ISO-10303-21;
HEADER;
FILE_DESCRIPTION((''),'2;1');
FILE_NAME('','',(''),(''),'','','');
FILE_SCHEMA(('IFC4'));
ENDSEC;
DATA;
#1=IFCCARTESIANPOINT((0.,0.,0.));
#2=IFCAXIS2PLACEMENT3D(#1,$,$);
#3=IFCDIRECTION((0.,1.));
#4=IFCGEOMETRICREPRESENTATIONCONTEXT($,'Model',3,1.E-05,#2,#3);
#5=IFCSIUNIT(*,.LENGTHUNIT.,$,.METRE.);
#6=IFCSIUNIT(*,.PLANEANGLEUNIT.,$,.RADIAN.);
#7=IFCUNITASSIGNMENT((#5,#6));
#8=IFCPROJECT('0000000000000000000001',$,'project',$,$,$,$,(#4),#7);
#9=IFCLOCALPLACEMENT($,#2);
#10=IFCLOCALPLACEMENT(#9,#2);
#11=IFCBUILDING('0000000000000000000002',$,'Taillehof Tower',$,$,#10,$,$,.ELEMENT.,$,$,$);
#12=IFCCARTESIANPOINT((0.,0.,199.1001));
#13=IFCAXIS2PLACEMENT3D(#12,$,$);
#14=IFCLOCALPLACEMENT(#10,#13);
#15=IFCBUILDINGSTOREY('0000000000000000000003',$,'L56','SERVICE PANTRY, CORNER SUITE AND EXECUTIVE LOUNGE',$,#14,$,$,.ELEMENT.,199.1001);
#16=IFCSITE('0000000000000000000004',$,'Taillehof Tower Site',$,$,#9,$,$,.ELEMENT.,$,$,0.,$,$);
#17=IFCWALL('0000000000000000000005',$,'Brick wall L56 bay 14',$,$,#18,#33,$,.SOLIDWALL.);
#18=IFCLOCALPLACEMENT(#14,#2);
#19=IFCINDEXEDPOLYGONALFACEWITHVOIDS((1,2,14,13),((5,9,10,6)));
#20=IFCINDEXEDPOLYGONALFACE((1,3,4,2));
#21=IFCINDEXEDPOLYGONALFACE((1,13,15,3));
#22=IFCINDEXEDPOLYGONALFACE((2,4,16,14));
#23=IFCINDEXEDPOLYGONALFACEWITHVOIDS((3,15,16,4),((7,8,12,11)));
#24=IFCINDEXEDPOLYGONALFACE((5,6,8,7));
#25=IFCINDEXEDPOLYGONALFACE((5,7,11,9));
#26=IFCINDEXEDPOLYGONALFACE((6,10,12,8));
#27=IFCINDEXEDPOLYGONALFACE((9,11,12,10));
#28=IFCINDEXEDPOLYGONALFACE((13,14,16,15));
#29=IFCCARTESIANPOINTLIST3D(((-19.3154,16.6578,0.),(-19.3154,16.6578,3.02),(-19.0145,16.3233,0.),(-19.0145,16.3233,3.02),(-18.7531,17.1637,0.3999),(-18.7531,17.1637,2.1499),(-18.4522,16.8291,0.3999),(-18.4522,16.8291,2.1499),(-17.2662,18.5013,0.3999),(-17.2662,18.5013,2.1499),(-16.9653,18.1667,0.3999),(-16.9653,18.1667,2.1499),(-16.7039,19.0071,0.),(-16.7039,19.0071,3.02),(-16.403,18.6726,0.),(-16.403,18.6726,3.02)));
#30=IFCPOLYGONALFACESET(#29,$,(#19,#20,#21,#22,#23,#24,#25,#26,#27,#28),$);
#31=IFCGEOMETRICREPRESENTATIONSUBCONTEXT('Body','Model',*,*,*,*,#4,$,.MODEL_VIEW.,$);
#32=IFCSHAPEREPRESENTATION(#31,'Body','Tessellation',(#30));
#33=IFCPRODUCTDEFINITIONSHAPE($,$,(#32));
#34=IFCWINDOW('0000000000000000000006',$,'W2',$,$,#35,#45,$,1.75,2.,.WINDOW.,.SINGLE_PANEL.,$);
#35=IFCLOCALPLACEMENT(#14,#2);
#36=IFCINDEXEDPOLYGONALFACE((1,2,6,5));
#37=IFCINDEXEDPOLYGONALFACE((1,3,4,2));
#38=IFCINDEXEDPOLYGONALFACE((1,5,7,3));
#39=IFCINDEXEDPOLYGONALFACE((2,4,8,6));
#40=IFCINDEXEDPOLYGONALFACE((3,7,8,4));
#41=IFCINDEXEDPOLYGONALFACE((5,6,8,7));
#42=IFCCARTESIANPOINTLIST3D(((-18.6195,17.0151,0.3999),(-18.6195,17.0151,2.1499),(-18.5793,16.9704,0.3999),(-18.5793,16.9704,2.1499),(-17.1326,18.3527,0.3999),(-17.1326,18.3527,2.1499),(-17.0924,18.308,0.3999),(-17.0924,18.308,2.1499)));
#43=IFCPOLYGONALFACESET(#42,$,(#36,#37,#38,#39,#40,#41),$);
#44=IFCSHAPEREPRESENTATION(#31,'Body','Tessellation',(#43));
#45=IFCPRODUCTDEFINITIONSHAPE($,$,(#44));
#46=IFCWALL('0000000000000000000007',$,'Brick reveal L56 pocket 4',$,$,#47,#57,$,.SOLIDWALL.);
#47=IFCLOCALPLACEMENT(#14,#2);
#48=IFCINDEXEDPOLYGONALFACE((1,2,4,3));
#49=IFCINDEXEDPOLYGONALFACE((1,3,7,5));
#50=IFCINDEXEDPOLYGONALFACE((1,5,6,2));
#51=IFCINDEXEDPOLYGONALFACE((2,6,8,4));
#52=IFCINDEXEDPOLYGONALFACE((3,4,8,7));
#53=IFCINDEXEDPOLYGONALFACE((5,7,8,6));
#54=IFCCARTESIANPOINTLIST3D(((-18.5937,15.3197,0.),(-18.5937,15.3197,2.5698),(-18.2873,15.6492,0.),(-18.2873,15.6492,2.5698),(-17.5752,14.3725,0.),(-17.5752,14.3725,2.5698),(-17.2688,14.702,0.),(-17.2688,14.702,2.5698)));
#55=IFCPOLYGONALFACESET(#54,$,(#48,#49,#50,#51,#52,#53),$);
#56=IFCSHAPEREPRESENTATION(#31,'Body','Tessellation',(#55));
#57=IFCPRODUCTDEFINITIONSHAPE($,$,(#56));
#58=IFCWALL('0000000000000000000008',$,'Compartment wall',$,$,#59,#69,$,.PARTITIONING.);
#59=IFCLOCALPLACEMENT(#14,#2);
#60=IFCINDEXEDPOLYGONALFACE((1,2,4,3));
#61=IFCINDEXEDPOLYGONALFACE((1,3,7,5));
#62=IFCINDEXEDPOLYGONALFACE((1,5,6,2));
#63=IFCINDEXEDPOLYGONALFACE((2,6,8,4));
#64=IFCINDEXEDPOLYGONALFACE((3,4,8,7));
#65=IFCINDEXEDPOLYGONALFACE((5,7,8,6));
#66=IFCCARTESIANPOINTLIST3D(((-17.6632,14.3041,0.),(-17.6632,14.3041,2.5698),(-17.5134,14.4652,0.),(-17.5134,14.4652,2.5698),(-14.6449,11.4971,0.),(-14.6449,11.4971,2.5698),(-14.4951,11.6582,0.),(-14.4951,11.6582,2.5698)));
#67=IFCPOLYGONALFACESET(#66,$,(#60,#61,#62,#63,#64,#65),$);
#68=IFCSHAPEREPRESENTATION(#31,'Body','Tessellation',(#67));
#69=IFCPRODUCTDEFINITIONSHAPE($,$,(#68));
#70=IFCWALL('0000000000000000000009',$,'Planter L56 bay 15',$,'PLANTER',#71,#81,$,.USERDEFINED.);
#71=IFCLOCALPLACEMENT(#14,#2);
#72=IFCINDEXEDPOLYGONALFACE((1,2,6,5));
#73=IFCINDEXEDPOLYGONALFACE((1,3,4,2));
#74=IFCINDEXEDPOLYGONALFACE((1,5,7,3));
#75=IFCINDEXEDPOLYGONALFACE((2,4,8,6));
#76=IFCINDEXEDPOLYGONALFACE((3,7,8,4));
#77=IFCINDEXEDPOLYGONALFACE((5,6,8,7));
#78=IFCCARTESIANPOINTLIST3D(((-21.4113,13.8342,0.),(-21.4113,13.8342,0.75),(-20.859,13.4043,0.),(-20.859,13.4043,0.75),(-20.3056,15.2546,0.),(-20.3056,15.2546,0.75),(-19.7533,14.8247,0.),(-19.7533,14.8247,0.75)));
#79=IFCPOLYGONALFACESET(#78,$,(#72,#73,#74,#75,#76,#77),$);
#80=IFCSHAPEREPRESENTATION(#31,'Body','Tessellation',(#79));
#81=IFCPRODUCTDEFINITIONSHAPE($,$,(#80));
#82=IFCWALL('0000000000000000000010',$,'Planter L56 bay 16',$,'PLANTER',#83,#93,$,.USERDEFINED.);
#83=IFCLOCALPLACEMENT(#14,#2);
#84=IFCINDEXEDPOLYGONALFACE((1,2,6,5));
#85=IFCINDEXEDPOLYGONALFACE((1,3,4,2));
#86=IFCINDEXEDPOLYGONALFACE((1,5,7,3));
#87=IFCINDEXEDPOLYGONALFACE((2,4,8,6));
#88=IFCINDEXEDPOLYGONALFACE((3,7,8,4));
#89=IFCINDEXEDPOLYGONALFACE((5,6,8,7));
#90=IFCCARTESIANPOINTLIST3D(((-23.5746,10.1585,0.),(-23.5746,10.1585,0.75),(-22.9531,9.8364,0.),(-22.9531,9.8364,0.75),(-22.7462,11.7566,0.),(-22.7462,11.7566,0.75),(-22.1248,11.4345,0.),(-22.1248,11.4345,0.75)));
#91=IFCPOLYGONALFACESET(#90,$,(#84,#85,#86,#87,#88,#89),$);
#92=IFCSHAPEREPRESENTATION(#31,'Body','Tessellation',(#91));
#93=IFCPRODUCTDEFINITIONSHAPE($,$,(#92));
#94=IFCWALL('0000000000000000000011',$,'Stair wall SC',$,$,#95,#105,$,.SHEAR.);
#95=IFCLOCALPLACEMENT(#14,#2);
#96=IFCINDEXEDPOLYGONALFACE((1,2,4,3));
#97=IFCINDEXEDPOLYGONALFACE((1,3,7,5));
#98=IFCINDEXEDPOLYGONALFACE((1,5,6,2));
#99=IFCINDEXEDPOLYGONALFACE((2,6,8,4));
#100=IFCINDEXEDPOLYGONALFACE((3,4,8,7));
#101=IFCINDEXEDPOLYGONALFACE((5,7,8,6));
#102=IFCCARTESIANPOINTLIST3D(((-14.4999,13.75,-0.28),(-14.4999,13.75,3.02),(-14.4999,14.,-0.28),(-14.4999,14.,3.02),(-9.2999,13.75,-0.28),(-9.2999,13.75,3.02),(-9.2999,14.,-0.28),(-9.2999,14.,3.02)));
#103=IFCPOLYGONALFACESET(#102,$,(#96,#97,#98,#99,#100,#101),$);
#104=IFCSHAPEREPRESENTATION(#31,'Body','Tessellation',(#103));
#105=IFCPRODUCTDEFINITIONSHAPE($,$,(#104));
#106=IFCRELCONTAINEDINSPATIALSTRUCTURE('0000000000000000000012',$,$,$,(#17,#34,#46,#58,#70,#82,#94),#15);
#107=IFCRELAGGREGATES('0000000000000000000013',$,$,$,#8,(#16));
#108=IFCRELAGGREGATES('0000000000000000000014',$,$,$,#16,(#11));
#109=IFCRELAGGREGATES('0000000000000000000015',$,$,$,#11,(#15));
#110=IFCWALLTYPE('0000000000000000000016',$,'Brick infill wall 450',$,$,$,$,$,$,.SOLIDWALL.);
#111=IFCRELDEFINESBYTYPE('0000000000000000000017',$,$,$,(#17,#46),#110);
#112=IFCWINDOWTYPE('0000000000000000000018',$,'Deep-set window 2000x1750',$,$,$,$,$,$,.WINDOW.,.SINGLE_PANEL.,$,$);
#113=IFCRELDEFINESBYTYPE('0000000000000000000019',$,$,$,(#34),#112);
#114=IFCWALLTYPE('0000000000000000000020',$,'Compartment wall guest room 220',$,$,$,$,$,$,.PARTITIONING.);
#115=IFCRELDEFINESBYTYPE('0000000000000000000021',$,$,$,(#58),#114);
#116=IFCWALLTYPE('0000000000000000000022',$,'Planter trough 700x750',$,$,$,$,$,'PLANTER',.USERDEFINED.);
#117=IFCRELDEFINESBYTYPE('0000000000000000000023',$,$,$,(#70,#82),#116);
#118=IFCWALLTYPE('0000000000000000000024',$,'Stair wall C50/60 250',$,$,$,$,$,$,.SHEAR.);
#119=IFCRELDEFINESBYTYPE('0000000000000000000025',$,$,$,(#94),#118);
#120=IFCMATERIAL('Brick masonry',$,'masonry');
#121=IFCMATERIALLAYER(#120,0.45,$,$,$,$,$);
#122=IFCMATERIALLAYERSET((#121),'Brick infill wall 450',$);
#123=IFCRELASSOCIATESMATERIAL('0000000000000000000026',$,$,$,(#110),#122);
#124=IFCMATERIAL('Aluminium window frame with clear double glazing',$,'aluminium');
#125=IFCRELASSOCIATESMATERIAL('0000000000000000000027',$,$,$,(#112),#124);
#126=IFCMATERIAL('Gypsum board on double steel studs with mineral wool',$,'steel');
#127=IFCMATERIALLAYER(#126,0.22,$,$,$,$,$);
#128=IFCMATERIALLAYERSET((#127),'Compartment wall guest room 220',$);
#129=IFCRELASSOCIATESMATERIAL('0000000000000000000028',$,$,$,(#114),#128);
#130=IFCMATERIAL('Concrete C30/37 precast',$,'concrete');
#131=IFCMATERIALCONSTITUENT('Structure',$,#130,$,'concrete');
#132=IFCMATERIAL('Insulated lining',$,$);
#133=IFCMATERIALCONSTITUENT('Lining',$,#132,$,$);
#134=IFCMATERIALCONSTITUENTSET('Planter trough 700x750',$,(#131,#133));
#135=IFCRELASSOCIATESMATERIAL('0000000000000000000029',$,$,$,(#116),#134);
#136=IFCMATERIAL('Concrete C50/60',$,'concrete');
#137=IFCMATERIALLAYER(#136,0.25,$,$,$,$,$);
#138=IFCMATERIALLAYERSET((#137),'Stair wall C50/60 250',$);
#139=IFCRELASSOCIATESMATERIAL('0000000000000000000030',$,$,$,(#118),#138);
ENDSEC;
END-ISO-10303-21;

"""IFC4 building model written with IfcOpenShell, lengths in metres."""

from ifc_helpers import new_model, si_unit, direction, frame, frame_2d, origin, place, context, subcontext, project, spatial, rectangle, extrude, material, layer, layer_set, constituent, constituent_set, type_object, element, fill, save


model = new_model("IFC4")

# Units and contexts
model_context = context("Model", 3, precision=1e-05, world=origin(), true_north=direction((0.0, 1.0)))
body_context = subcontext(model_context, "Body", "Model", "MODEL_VIEW")
ifc_project = project(units=[si_unit("LENGTHUNIT", "METRE"), si_unit("PLANEANGLEUNIT", "RADIAN")], contexts=[model_context])

# Site, building, storey
site_placement = place(None, origin())
site = spatial("IfcSite", under=ifc_project, at=site_placement, Name="Taillehof Tower Site", CompositionType="ELEMENT", RefElevation=0.0)
building_placement = place(site_placement, origin())
building = spatial("IfcBuilding", under=site, at=building_placement, Name="Taillehof Tower", CompositionType="ELEMENT")
storey_placement = place(building_placement, frame((0.0, 0.0, 199.1001)))
storey = spatial("IfcBuildingStorey", under=building, at=storey_placement, Name="L56", Description="SERVICE PANTRY, CORNER SUITE AND EXECUTIVE LOUNGE", CompositionType="ELEMENT", Elevation=199.1001)

# Wall, opening, window
ifc_material_1 = material(Name="Brick masonry", Category="masonry")
ifc_layer_1 = layer(ifc_material_1, 0.45)
ifc_layer_set_1 = layer_set([ifc_layer_1], Name="Brick infill wall 450")
wall_type_1 = type_object("IfcWallType", Name="Brick infill wall 450", PredefinedType="SOLIDWALL", material=ifc_layer_set_1)
ifc_material_2 = material(Name="Aluminium window frame with clear double glazing", Category="aluminium")
window_type_1 = type_object("IfcWindowType", Name="Deep-set window 2000x1750", PartitioningType="SINGLE_PANEL", PredefinedType="WINDOW", material=ifc_material_2)
wall_1_placement = place(storey_placement, frame((-16.5535, 18.8398, 0.0), z_axis=(0.0, 0.0, 1.0), x_axis=(-0.743443, -0.6688, 0.0)))
wall_1 = element("IfcWall", 1, at=wall_1_placement, inside=storey, type_object=wall_type_1, Name="Brick wall L56 bay 14", PredefinedType="SOLIDWALL", context=body_context, shape_type="SweptSolid", body=[
    extrude(rectangle(XDim=3.5127, YDim=0.45, at=frame_2d((1.7563, 0.0))), origin(), (0.0, 0.0, 1.0), 3.02),
])
opening_1_placement = place(wall_1_placement, frame((0.7563, 0.0, 0.3999)))
opening_1 = element("IfcOpeningElement", 2, at=opening_1_placement, cuts=wall_1, PredefinedType="OPENING", context=body_context, shape_type="SweptSolid", body=[
    extrude(rectangle(XDim=2.0, YDim=1.75, at=frame_2d((1.0, 0.875))), frame((0.0, 0.2349, 0.0), z_axis=(0.0, -1.0, 0.0), x_axis=(1.0, 0.0, 0.0)), (0.0, 0.0, 1.0), 0.47),
])
window_1_placement = place(opening_1_placement, origin())
window_1 = element("IfcWindow", 3, at=window_1_placement, inside=storey, type_object=window_type_1, Name="W2", OverallHeight=1.75, OverallWidth=2.0, PartitioningType="SINGLE_PANEL", PredefinedType="WINDOW", context=body_context, shape_type="SweptSolid", body=[
    extrude(rectangle(XDim=2.0, YDim=1.75, at=frame_2d((1.0, 0.875))), frame((0.0, 0.0349, 0.0), z_axis=(0.0, -1.0, 0.0), x_axis=(1.0, 0.0, 0.0)), (0.0, 0.0, 1.0), 0.0601),
])
fill(opening_1, window_1)

# Wall
wall_2_placement = place(storey_placement, frame((-18.4404, 15.4844, 0.0), z_axis=(0.0, 0.0, 1.0), x_axis=(0.732268, -0.681016, 0.0)))
element("IfcWall", 4, at=wall_2_placement, inside=storey, type_object=wall_type_1, Name="Brick reveal L56 pocket 4", PredefinedType="SOLIDWALL", context=body_context, shape_type="SweptSolid", body=[
    extrude(rectangle(XDim=1.3909, YDim=0.45, at=frame_2d((0.6953, 0.0))), origin(), (0.0, 0.0, 1.0), 2.5698),
])

# Walls
ifc_material_3 = material(Name="Gypsum board on double steel studs with mineral wool", Category="steel")
ifc_layer_2 = layer(ifc_material_3, 0.22)
ifc_layer_set_2 = layer_set([ifc_layer_2], Name="Compartment wall guest room 220")
wall_type_2 = type_object("IfcWallType", Name="Compartment wall guest room 220", PredefinedType="PARTITIONING", material=ifc_layer_set_2)
wall_3_placement = place(storey_placement, frame((-17.5884, 14.3848, 0.0), z_axis=(0.0, 0.0, 1.0), x_axis=(0.73226, -0.681026, 0.0)))
element("IfcWall", 5, at=wall_3_placement, inside=storey, type_object=wall_type_2, Name="Compartment wall", PredefinedType="PARTITIONING", context=body_context, shape_type="SweptSolid", body=[
    extrude(rectangle(XDim=4.1218, YDim=0.22, at=frame_2d((2.061, 0.0))), origin(), (0.0, 0.0, 1.0), 2.5698),
])
ifc_material_4 = material(Name="Concrete C30/37 precast", Category="concrete")
ifc_constituent_1 = constituent(ifc_material_4, Name="Structure", Category="concrete")
ifc_material_5 = material(Name="Insulated lining")
ifc_constituent_2 = constituent(ifc_material_5, Name="Lining")
ifc_constituent_set = constituent_set(constituents=[ifc_constituent_1, ifc_constituent_2], Name="Planter trough 700x750")
wall_type_3 = type_object("IfcWallType", Name="Planter trough 700x750", ElementType="PLANTER", PredefinedType="USERDEFINED", material=ifc_constituent_set)
for number, where, z_axis, x_axis, name in (
    (6, (-20.0295, 15.0396, 0.0), (0.0, 0.0, 1.0), (-0.614269, -0.789097, 0.0), "Planter L56 bay 15"),
    (7, (-22.4355, 11.5955, 0.0), (0.0, 0.0, 1.0), (-0.460187, -0.887822, 0.0), "Planter L56 bay 16"),
):
    element("IfcWall", number, at=place(storey_placement, frame(where, z_axis=z_axis, x_axis=x_axis)), inside=storey, type_object=wall_type_3, Name=name, ObjectType="PLANTER", PredefinedType="USERDEFINED", context=body_context, shape_type="SweptSolid", body=[
        extrude(rectangle(XDim=1.8, YDim=0.7, at=frame_2d((0.8999, 0.0))), origin(), (0.0, 0.0, 1.0), 0.75),
    ])
ifc_material_6 = material(Name="Concrete C50/60", Category="concrete")
ifc_layer_3 = layer(ifc_material_6, 0.25)
ifc_layer_set_3 = layer_set([ifc_layer_3], Name="Stair wall C50/60 250")
wall_type_4 = type_object("IfcWallType", Name="Stair wall C50/60 250", PredefinedType="SHEAR", material=ifc_layer_set_3)
wall_4_placement = place(storey_placement, frame((-14.5, 13.875, -0.28), z_axis=(0.0, 0.0, 1.0), x_axis=(1.0, 0.0, 0.0)))
element("IfcWall", 8, at=wall_4_placement, inside=storey, type_object=wall_type_4, Name="Stair wall SC", PredefinedType="SHEAR", context=body_context, shape_type="SweptSolid", body=[
    extrude(rectangle(XDim=5.2, YDim=0.25, at=frame_2d((2.6001, 0.0))), origin(), (0.0, 0.0, 1.0), 3.3),
])

save(model, "model.ifc")
